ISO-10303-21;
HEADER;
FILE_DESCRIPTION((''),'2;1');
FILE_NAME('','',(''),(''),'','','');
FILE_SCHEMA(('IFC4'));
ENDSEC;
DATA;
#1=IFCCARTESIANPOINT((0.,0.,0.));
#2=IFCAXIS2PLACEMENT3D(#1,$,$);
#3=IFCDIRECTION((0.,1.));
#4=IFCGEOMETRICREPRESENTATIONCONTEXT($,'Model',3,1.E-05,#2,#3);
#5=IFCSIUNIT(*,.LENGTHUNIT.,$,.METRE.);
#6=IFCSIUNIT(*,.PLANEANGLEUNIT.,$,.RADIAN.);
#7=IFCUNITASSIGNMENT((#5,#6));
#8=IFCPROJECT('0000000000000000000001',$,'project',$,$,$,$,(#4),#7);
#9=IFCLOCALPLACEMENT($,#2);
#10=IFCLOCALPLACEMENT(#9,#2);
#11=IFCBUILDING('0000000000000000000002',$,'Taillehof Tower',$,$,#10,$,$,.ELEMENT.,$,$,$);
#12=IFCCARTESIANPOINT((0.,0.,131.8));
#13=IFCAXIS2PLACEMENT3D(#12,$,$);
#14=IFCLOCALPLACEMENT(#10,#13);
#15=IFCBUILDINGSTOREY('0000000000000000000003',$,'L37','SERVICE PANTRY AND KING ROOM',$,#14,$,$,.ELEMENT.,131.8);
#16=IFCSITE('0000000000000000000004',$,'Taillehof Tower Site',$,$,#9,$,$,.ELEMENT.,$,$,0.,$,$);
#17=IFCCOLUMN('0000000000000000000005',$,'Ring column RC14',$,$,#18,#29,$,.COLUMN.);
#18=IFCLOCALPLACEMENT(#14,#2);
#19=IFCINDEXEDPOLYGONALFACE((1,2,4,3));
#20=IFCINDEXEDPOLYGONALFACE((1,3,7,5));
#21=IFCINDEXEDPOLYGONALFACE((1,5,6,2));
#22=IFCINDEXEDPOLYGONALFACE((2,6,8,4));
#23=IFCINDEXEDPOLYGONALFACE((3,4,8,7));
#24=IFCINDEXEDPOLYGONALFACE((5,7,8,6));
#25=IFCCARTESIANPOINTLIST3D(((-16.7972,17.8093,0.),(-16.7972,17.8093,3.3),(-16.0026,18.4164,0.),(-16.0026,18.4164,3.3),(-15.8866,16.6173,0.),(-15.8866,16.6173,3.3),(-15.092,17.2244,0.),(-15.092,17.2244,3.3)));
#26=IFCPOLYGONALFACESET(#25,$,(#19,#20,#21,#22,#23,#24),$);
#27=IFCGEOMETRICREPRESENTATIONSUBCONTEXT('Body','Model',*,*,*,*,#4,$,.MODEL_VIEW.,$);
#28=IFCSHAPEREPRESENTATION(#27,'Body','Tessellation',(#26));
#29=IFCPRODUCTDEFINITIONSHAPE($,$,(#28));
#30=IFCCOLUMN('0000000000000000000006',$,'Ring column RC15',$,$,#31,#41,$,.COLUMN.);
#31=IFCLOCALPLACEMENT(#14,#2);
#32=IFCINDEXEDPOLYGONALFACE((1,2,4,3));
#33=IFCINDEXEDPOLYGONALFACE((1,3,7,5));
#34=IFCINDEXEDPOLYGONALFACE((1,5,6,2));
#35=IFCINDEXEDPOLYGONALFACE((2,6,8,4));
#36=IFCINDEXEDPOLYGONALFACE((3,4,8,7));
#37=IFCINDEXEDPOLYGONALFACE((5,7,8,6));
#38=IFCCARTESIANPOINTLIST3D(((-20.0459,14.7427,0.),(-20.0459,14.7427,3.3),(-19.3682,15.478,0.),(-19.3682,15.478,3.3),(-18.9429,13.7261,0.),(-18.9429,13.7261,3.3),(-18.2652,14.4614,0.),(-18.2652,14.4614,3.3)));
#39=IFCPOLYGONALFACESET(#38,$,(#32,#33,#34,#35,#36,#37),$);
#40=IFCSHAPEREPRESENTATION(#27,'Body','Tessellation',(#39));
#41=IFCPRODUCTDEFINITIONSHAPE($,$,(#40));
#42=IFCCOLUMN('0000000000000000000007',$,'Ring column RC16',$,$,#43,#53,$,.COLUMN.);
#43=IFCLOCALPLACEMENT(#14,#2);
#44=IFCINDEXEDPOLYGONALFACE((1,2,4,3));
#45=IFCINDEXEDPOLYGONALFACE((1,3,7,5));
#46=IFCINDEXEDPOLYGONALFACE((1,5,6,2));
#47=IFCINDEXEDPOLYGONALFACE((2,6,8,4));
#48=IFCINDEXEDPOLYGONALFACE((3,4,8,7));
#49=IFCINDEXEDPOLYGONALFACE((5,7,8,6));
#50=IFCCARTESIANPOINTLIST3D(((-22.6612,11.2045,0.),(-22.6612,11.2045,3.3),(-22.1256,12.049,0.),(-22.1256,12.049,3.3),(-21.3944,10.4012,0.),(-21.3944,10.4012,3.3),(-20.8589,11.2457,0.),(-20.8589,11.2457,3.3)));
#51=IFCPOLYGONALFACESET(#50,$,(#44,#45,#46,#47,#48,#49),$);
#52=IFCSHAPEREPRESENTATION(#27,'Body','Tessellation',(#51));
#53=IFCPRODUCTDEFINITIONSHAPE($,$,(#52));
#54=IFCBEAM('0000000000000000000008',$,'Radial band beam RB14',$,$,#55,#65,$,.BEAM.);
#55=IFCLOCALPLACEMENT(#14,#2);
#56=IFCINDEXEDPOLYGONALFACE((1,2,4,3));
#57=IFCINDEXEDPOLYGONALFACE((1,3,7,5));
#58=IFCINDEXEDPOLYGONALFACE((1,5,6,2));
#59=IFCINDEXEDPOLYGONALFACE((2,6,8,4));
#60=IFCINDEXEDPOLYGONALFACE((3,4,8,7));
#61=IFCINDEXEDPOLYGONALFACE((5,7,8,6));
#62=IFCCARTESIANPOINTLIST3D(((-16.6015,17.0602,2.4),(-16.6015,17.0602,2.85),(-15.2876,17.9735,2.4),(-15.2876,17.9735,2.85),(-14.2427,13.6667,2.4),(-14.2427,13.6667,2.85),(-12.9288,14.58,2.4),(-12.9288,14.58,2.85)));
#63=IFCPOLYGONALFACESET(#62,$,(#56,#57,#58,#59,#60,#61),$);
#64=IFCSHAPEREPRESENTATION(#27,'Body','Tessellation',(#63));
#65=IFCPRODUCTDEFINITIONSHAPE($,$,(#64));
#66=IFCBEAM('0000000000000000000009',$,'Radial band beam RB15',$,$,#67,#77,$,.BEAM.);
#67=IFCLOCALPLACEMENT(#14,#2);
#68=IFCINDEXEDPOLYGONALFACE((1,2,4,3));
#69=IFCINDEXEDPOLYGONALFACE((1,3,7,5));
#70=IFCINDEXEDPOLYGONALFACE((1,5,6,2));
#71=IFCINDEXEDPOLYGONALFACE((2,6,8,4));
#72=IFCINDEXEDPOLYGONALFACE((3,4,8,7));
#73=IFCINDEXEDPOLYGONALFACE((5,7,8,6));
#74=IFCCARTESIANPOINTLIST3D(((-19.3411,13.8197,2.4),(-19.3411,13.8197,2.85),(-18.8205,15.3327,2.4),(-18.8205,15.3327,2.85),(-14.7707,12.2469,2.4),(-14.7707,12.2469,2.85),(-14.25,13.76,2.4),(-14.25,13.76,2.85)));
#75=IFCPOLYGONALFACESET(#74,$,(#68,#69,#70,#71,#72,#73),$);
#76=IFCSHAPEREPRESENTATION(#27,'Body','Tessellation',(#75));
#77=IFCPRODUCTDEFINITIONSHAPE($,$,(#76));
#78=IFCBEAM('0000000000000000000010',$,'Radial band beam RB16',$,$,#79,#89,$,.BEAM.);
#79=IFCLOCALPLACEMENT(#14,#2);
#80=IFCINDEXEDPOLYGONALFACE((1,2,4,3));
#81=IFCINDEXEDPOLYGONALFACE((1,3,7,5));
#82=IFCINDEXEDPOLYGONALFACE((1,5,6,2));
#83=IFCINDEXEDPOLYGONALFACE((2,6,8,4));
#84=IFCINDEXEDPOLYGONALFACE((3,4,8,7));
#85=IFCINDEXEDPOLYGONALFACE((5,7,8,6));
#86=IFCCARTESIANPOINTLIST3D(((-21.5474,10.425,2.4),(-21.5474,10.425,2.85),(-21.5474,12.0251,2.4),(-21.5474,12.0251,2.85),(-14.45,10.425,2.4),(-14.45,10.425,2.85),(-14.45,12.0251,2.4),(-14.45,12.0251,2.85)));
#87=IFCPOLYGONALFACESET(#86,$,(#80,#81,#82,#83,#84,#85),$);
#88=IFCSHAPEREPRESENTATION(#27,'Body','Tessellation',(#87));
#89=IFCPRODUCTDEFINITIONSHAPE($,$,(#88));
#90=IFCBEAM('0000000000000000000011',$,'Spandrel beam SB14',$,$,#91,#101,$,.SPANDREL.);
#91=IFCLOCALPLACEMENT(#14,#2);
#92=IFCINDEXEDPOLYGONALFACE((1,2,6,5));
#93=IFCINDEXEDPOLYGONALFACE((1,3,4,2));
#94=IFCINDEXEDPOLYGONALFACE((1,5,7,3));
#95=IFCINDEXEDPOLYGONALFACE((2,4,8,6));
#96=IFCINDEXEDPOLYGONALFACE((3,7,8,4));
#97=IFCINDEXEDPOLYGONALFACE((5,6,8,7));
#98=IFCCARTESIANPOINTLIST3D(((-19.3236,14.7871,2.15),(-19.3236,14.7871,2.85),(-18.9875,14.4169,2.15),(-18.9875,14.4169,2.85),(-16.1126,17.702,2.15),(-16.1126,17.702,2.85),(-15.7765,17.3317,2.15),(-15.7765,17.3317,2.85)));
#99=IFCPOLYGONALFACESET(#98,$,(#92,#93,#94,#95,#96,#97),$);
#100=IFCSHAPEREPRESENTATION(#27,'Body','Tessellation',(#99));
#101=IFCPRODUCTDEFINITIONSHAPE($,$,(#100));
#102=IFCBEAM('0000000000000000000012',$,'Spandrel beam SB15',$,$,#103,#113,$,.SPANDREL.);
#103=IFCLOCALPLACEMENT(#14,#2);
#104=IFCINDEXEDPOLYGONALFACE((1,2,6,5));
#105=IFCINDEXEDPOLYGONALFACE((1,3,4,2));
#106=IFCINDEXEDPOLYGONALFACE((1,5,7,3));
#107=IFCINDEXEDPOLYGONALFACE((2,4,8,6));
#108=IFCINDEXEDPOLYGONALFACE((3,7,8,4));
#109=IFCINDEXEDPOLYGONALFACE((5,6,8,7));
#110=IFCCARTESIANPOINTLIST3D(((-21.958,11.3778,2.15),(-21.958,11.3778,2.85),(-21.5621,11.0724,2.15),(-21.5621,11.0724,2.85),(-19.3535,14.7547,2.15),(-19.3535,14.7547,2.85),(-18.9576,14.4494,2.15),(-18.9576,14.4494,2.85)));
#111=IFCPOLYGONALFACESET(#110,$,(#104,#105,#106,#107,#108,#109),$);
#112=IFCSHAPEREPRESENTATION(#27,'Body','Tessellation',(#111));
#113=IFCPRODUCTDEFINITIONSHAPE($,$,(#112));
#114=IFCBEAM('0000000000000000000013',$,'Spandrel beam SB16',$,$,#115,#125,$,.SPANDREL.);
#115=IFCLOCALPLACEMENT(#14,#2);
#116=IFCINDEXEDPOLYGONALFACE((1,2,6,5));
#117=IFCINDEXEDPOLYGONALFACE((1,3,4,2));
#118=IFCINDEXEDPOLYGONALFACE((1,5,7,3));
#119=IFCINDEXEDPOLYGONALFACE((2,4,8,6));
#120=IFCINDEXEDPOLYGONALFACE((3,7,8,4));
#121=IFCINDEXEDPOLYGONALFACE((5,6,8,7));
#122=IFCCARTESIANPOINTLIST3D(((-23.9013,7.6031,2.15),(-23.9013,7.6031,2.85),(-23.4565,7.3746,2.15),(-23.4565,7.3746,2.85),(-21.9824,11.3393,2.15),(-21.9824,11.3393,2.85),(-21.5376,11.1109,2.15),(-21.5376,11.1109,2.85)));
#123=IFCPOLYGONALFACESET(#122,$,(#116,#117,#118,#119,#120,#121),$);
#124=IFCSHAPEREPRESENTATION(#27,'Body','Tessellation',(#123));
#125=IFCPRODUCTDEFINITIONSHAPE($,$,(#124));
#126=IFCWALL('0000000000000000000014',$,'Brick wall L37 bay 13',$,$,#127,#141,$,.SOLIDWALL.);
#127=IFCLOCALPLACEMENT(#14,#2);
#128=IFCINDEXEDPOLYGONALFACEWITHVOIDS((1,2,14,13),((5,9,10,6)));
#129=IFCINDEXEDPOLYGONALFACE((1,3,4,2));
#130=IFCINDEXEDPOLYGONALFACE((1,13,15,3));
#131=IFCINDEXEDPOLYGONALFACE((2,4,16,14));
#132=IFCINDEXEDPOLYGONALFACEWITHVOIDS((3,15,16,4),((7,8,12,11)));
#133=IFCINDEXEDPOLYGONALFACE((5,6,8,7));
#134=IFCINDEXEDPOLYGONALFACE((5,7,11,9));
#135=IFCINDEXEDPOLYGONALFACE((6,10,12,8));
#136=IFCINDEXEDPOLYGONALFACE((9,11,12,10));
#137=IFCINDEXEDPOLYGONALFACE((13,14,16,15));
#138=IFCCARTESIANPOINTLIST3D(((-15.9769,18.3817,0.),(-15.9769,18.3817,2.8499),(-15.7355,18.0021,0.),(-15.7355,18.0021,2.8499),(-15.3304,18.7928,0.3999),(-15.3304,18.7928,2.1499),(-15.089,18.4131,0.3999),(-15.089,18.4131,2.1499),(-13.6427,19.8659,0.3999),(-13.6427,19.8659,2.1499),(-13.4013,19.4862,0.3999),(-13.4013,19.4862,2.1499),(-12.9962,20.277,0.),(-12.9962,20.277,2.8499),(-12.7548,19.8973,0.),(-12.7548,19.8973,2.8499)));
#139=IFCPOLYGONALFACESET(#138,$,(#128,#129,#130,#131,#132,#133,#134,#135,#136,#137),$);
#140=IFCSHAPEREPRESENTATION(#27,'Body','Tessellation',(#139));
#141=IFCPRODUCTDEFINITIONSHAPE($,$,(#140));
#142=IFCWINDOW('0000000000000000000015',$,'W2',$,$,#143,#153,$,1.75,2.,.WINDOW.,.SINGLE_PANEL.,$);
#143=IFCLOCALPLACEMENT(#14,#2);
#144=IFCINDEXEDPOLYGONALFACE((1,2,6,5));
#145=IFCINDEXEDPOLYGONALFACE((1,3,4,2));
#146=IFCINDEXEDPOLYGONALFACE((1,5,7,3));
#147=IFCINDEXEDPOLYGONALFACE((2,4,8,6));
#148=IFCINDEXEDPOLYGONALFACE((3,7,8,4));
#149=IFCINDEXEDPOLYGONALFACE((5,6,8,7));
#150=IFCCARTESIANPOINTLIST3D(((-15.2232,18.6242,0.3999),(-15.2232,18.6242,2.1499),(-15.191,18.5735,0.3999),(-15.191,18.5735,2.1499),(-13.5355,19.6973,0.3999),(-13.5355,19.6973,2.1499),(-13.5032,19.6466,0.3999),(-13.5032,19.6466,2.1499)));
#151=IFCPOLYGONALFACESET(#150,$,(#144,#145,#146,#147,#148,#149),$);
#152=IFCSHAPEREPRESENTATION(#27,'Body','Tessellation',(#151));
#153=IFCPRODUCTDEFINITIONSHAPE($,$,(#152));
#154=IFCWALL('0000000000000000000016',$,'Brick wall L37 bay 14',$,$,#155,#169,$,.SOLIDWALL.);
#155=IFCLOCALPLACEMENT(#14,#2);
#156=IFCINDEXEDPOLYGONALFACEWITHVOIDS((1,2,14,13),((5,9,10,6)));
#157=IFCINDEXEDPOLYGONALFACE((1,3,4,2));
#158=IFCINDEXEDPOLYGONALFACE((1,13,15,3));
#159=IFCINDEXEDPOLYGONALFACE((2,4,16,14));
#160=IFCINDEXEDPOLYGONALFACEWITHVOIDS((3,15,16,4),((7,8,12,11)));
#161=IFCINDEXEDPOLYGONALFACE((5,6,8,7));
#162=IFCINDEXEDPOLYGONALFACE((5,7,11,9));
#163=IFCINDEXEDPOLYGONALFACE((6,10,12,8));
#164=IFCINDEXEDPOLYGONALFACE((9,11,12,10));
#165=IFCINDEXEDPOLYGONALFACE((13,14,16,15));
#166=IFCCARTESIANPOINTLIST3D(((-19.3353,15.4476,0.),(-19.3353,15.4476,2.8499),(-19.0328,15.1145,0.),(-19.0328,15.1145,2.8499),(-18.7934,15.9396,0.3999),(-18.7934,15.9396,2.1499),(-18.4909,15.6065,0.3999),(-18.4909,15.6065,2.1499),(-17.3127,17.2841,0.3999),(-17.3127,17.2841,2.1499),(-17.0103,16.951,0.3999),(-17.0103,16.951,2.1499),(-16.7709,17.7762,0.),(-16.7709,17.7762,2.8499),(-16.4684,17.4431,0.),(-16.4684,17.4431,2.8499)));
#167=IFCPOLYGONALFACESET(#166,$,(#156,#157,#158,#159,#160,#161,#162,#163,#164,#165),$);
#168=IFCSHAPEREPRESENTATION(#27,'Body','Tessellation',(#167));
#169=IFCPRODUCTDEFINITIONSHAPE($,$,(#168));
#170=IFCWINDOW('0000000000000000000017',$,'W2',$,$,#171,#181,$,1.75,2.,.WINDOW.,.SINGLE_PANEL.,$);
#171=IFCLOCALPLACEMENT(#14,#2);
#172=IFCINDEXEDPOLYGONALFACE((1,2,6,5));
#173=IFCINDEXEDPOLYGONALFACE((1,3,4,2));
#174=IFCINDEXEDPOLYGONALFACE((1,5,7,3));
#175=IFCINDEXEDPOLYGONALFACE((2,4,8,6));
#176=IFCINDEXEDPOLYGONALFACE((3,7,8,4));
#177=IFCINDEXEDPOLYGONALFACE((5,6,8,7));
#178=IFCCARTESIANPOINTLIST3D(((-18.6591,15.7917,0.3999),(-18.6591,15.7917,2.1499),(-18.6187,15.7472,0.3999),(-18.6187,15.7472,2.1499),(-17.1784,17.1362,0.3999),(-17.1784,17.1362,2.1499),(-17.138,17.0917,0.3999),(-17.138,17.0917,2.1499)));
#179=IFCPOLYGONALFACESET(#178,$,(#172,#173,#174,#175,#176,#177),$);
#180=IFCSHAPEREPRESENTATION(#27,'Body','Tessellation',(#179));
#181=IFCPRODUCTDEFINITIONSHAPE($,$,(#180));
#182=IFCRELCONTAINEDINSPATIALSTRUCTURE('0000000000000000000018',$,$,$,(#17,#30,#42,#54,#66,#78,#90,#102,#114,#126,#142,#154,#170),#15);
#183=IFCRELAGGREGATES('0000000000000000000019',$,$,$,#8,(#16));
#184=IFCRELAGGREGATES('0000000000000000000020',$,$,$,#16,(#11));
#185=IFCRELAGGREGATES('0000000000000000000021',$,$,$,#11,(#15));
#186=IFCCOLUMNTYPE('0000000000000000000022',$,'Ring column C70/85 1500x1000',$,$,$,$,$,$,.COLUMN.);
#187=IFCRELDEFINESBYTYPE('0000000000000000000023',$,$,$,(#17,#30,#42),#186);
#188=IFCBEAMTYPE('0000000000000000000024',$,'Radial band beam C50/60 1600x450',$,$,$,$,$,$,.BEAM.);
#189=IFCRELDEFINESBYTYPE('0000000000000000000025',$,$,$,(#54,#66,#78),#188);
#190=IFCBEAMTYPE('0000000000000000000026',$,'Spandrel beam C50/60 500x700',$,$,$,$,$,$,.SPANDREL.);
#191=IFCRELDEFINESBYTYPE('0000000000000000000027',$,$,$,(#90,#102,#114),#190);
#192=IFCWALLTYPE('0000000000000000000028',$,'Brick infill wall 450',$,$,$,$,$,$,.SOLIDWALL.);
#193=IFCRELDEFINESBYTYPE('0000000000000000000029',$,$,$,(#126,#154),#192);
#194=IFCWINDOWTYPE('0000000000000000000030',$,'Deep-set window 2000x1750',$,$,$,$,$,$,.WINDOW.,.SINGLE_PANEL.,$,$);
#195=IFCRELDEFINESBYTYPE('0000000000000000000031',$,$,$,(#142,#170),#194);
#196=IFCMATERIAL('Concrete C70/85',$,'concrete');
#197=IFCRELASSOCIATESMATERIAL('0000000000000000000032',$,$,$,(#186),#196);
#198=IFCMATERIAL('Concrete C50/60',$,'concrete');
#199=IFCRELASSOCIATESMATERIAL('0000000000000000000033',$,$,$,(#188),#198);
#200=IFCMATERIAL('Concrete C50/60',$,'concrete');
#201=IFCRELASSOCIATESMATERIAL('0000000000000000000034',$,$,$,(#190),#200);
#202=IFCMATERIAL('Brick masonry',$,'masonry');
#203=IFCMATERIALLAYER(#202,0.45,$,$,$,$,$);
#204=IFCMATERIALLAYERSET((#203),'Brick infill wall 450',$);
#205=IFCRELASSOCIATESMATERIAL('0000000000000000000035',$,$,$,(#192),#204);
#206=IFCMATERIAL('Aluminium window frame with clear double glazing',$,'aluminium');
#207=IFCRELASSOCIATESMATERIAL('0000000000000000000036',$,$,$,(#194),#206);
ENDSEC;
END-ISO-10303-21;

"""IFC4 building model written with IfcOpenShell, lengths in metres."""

from ifc_helpers import new_model, si_unit, direction, frame, frame_2d, origin, origin_2d, place, context, subcontext, project, spatial, rectangle, extrude, material, layer, layer_set, material_profile, profile_set, type_object, element, fill, save


model = new_model("IFC4")

# Units and contexts
model_context = context("Model", 3, precision=1e-05, world=origin(), true_north=direction((0.0, 1.0)))
body_context = subcontext(model_context, "Body", "Model", "MODEL_VIEW")
ifc_project = project(units=[si_unit("LENGTHUNIT", "METRE"), si_unit("PLANEANGLEUNIT", "RADIAN")], contexts=[model_context])

# Site, building, storey
site_placement = place(None, origin())
site = spatial("IfcSite", under=ifc_project, at=site_placement, Name="Taillehof Tower Site", CompositionType="ELEMENT", RefElevation=0.0)
building_placement = place(site_placement, origin())
building = spatial("IfcBuilding", under=site, at=building_placement, Name="Taillehof Tower", CompositionType="ELEMENT")
storey_placement = place(building_placement, frame((0.0, 0.0, 131.8)))
storey = spatial("IfcBuildingStorey", under=building, at=storey_placement, Name="L37", Description="SERVICE PANTRY AND KING ROOM", CompositionType="ELEMENT", Elevation=131.8)

# Columns
ifc_material_1 = material(Name="Concrete C70/85", Category="concrete")
ifc_material_profile_1 = material_profile(ifc_material_1, rectangle(XDim=1.5, YDim=1.0, at=origin_2d()), Name="RC 1500x1000")
ifc_profile_set_1 = profile_set([ifc_material_profile_1], Name="Concrete C70/85")
column_type = type_object("IfcColumnType", Name="Ring column C70/85 1500x1000", PredefinedType="COLUMN", material=ifc_profile_set_1)
for number, where, z_axis, x_axis, name in (
    (1, (-15.9446, 17.5168, 0.0), (0.0, 0.0, 1.0), (-0.607074, 0.794645, 0.0), "Ring column RC14"),
    (2, (-19.1555, 14.6021, 0.0), (0.0, 0.0, 1.0), (-0.735332, 0.677707, 0.0), "Ring column RC15"),
    (3, (-21.76, 11.2251, 0.0), (0.0, 0.0, 1.0), (-0.844511, 0.535537, 0.0), "Ring column RC16"),
):
    element("IfcColumn", number, at=place(storey_placement, frame(where, z_axis=z_axis, x_axis=x_axis)), inside=storey, type_object=column_type, Name=name, PredefinedType="COLUMN", context=body_context, shape_type="SweptSolid", body=[
        extrude(rectangle(XDim=1.5, YDim=1.0, at=origin_2d()), origin(), (0.0, 0.0, 1.0), 3.3),
    ])

# Beams
ifc_material_2 = material(Name="Concrete C50/60", Category="concrete")
ifc_material_profile_2 = material_profile(ifc_material_2, rectangle(XDim=1.6001, YDim=0.45, at=origin_2d()), Name="RC 1600x450")
ifc_profile_set_2 = profile_set([ifc_material_profile_2], Name="Concrete C50/60")
beam_type_1 = type_object("IfcBeamType", Name="Radial band beam C50/60 1600x450", PredefinedType="BEAM", material=ifc_profile_set_2)
beam_1_placement = place(storey_placement, frame((-15.9446, 17.5168, 2.625), z_axis=(0.570763, -0.821115, 0.0), x_axis=(0.821115, 0.570763, 0.0)))
element("IfcBeam", 4, at=beam_1_placement, inside=storey, type_object=beam_type_1, Name="Radial band beam RB14", PredefinedType="BEAM", context=body_context, shape_type="SweptSolid", body=[
    extrude(rectangle(XDim=1.6001, YDim=0.45, at=origin_2d()), origin(), (0.0, 0.0, 1.0), 4.1328),
])
beam_2_placement = place(storey_placement, frame((-19.0808, 14.5762, 2.625), z_axis=(0.945583, -0.32538, 0.0), x_axis=(0.32538, 0.945583, 0.0)))
element("IfcBeam", 5, at=beam_2_placement, inside=storey, type_object=beam_type_1, Name="Radial band beam RB15", PredefinedType="BEAM", context=body_context, shape_type="SweptSolid", body=[
    extrude(rectangle(XDim=1.6001, YDim=0.45, at=origin_2d()), origin(), (0.0, 0.0, 1.0), 4.8335),
])
beam_3_placement = place(storey_placement, frame((-21.5474, 11.2251, 2.625), z_axis=(1.0, 0.0, 0.0), x_axis=(0.0, 1.0, 0.0)))
element("IfcBeam", 6, at=beam_3_placement, inside=storey, type_object=beam_type_1, Name="Radial band beam RB16", PredefinedType="BEAM", context=body_context, shape_type="SweptSolid", body=[
    extrude(rectangle(XDim=1.6001, YDim=0.45, at=origin_2d()), origin(), (0.0, 0.0, 1.0), 7.0974),
])
ifc_material_3 = material(Name="Concrete C50/60", Category="concrete")
ifc_material_profile_3 = material_profile(ifc_material_3, rectangle(XDim=0.5, YDim=0.7, at=origin_2d()), Name="RC 500x700")
ifc_profile_set_3 = profile_set([ifc_material_profile_3], Name="Concrete C50/60")
beam_type_2 = type_object("IfcBeamType", Name="Spandrel beam C50/60 500x700", PredefinedType="SPANDREL", material=ifc_profile_set_3)
beam_4_placement = place(storey_placement, frame((-15.9446, 17.5168, 2.5), z_axis=(-0.740426, -0.672137, 0.0), x_axis=(0.672137, -0.740426, 0.0)))
element("IfcBeam", 7, at=beam_4_placement, inside=storey, type_object=beam_type_2, Name="Spandrel beam SB14", PredefinedType="SPANDREL", context=body_context, shape_type="SweptSolid", body=[
    extrude(rectangle(XDim=0.5, YDim=0.7, at=origin_2d()), origin(), (0.0, 0.0, 1.0), 4.3367),
])
beam_5_placement = place(storey_placement, frame((-19.1555, 14.6021, 2.5), z_axis=(-0.610717, -0.791849, 0.0), x_axis=(0.791849, -0.610717, 0.0)))
element("IfcBeam", 8, at=beam_5_placement, inside=storey, type_object=beam_type_2, Name="Spandrel beam SB15", PredefinedType="SPANDREL", context=body_context, shape_type="SweptSolid", body=[
    extrude(rectangle(XDim=0.5, YDim=0.7, at=origin_2d()), origin(), (0.0, 0.0, 1.0), 4.2646),
])
beam_6_placement = place(storey_placement, frame((-21.76, 11.2251, 2.5), z_axis=(-0.456859, -0.889539, 0.0), x_axis=(0.889539, -0.456859, 0.0)))
element("IfcBeam", 9, at=beam_6_placement, inside=storey, type_object=beam_type_2, Name="Spandrel beam SB16", PredefinedType="SPANDREL", context=body_context, shape_type="SweptSolid", body=[
    extrude(rectangle(XDim=0.5, YDim=0.7, at=origin_2d()), origin(), (0.0, 0.0, 1.0), 4.2002),
])

# Walls, openings, windows
ifc_material_4 = material(Name="Brick masonry", Category="masonry")
ifc_layer_1 = layer(ifc_material_4, 0.45)
ifc_layer_set_1 = layer_set([ifc_layer_1], Name="Brick infill wall 450")
wall_type_1 = type_object("IfcWallType", Name="Brick infill wall 450", PredefinedType="SOLIDWALL", material=ifc_layer_set_1)
wall_1_placement = place(storey_placement, frame((-12.8755, 20.0872, 0.0), z_axis=(0.0, 0.0, 1.0), x_axis=(-0.843861, -0.536562, 0.0)))
wall_1 = element("IfcWall", 10, at=wall_1_placement, inside=storey, type_object=wall_type_1, Name="Brick wall L37 bay 13", PredefinedType="SOLIDWALL", context=body_context, shape_type="SweptSolid", body=[
    extrude(rectangle(XDim=3.5322, YDim=0.45, at=frame_2d((1.7661, 0.0))), origin(), (0.0, 0.0, 1.0), 2.8499),
])
opening_1_placement = place(wall_1_placement, frame((0.7661, 0.0, 0.3999)))
opening_1 = element("IfcOpeningElement", 11, at=opening_1_placement, cuts=wall_1, PredefinedType="OPENING", context=body_context, shape_type="SweptSolid", body=[
    extrude(rectangle(XDim=2.0, YDim=1.75, at=frame_2d((1.0, 0.875))), frame((0.0, 0.2349, 0.0), z_axis=(0.0, -1.0, 0.0), x_axis=(1.0, 0.0, 0.0)), (0.0, 0.0, 1.0), 0.47),
])
ifc_material_5 = material(Name="Aluminium window frame with clear double glazing", Category="aluminium")
window_type = type_object("IfcWindowType", Name="Deep-set window 2000x1750", PartitioningType="SINGLE_PANEL", PredefinedType="WINDOW", material=ifc_material_5)
window_1_placement = place(opening_1_placement, origin())
window_1 = element("IfcWindow", 12, at=window_1_placement, inside=storey, type_object=window_type, Name="W2", OverallHeight=1.75, OverallWidth=2.0, PartitioningType="SINGLE_PANEL", PredefinedType="WINDOW", context=body_context, shape_type="SweptSolid", body=[
    extrude(rectangle(XDim=2.0, YDim=1.75, at=frame_2d((1.0, 0.875))), frame((0.0, 0.0349, 0.0), z_axis=(0.0, -1.0, 0.0), x_axis=(1.0, 0.0, 0.0)), (0.0, 0.0, 1.0), 0.0601),
])
fill(opening_1, window_1)
wall_2_placement = place(storey_placement, frame((-16.6196, 17.6096, 0.0), z_axis=(0.0, 0.0, 1.0), x_axis=(-0.740329, -0.672245, 0.0)))
wall_2 = element("IfcWall", 13, at=wall_2_placement, inside=storey, type_object=wall_type_1, Name="Brick wall L37 bay 14", PredefinedType="SOLIDWALL", context=body_context, shape_type="SweptSolid", body=[
    extrude(rectangle(XDim=3.4639, YDim=0.45, at=frame_2d((1.7319, 0.0))), origin(), (0.0, 0.0, 1.0), 2.8499),
])
opening_2_placement = place(wall_2_placement, frame((0.7319, 0.0, 0.3999)))
opening_2 = element("IfcOpeningElement", 14, at=opening_2_placement, cuts=wall_2, PredefinedType="OPENING", context=body_context, shape_type="SweptSolid", body=[
    extrude(rectangle(XDim=2.0, YDim=1.75, at=frame_2d((1.0, 0.875))), frame((0.0, 0.2349, 0.0), z_axis=(0.0, -1.0, 0.0), x_axis=(1.0, 0.0, 0.0)), (0.0, 0.0, 1.0), 0.47),
])
window_2_placement = place(opening_2_placement, origin())
window_2 = element("IfcWindow", 15, at=window_2_placement, inside=storey, type_object=window_type, Name="W2", OverallHeight=1.75, OverallWidth=2.0, PartitioningType="SINGLE_PANEL", PredefinedType="WINDOW", context=body_context, shape_type="SweptSolid", body=[
    extrude(rectangle(XDim=2.0, YDim=1.75, at=frame_2d((1.0, 0.875))), frame((0.0, 0.0349, 0.0), z_axis=(0.0, -1.0, 0.0), x_axis=(1.0, 0.0, 0.0)), (0.0, 0.0, 1.0), 0.0601),
])
fill(opening_2, window_2)

save(model, "model.ifc")
